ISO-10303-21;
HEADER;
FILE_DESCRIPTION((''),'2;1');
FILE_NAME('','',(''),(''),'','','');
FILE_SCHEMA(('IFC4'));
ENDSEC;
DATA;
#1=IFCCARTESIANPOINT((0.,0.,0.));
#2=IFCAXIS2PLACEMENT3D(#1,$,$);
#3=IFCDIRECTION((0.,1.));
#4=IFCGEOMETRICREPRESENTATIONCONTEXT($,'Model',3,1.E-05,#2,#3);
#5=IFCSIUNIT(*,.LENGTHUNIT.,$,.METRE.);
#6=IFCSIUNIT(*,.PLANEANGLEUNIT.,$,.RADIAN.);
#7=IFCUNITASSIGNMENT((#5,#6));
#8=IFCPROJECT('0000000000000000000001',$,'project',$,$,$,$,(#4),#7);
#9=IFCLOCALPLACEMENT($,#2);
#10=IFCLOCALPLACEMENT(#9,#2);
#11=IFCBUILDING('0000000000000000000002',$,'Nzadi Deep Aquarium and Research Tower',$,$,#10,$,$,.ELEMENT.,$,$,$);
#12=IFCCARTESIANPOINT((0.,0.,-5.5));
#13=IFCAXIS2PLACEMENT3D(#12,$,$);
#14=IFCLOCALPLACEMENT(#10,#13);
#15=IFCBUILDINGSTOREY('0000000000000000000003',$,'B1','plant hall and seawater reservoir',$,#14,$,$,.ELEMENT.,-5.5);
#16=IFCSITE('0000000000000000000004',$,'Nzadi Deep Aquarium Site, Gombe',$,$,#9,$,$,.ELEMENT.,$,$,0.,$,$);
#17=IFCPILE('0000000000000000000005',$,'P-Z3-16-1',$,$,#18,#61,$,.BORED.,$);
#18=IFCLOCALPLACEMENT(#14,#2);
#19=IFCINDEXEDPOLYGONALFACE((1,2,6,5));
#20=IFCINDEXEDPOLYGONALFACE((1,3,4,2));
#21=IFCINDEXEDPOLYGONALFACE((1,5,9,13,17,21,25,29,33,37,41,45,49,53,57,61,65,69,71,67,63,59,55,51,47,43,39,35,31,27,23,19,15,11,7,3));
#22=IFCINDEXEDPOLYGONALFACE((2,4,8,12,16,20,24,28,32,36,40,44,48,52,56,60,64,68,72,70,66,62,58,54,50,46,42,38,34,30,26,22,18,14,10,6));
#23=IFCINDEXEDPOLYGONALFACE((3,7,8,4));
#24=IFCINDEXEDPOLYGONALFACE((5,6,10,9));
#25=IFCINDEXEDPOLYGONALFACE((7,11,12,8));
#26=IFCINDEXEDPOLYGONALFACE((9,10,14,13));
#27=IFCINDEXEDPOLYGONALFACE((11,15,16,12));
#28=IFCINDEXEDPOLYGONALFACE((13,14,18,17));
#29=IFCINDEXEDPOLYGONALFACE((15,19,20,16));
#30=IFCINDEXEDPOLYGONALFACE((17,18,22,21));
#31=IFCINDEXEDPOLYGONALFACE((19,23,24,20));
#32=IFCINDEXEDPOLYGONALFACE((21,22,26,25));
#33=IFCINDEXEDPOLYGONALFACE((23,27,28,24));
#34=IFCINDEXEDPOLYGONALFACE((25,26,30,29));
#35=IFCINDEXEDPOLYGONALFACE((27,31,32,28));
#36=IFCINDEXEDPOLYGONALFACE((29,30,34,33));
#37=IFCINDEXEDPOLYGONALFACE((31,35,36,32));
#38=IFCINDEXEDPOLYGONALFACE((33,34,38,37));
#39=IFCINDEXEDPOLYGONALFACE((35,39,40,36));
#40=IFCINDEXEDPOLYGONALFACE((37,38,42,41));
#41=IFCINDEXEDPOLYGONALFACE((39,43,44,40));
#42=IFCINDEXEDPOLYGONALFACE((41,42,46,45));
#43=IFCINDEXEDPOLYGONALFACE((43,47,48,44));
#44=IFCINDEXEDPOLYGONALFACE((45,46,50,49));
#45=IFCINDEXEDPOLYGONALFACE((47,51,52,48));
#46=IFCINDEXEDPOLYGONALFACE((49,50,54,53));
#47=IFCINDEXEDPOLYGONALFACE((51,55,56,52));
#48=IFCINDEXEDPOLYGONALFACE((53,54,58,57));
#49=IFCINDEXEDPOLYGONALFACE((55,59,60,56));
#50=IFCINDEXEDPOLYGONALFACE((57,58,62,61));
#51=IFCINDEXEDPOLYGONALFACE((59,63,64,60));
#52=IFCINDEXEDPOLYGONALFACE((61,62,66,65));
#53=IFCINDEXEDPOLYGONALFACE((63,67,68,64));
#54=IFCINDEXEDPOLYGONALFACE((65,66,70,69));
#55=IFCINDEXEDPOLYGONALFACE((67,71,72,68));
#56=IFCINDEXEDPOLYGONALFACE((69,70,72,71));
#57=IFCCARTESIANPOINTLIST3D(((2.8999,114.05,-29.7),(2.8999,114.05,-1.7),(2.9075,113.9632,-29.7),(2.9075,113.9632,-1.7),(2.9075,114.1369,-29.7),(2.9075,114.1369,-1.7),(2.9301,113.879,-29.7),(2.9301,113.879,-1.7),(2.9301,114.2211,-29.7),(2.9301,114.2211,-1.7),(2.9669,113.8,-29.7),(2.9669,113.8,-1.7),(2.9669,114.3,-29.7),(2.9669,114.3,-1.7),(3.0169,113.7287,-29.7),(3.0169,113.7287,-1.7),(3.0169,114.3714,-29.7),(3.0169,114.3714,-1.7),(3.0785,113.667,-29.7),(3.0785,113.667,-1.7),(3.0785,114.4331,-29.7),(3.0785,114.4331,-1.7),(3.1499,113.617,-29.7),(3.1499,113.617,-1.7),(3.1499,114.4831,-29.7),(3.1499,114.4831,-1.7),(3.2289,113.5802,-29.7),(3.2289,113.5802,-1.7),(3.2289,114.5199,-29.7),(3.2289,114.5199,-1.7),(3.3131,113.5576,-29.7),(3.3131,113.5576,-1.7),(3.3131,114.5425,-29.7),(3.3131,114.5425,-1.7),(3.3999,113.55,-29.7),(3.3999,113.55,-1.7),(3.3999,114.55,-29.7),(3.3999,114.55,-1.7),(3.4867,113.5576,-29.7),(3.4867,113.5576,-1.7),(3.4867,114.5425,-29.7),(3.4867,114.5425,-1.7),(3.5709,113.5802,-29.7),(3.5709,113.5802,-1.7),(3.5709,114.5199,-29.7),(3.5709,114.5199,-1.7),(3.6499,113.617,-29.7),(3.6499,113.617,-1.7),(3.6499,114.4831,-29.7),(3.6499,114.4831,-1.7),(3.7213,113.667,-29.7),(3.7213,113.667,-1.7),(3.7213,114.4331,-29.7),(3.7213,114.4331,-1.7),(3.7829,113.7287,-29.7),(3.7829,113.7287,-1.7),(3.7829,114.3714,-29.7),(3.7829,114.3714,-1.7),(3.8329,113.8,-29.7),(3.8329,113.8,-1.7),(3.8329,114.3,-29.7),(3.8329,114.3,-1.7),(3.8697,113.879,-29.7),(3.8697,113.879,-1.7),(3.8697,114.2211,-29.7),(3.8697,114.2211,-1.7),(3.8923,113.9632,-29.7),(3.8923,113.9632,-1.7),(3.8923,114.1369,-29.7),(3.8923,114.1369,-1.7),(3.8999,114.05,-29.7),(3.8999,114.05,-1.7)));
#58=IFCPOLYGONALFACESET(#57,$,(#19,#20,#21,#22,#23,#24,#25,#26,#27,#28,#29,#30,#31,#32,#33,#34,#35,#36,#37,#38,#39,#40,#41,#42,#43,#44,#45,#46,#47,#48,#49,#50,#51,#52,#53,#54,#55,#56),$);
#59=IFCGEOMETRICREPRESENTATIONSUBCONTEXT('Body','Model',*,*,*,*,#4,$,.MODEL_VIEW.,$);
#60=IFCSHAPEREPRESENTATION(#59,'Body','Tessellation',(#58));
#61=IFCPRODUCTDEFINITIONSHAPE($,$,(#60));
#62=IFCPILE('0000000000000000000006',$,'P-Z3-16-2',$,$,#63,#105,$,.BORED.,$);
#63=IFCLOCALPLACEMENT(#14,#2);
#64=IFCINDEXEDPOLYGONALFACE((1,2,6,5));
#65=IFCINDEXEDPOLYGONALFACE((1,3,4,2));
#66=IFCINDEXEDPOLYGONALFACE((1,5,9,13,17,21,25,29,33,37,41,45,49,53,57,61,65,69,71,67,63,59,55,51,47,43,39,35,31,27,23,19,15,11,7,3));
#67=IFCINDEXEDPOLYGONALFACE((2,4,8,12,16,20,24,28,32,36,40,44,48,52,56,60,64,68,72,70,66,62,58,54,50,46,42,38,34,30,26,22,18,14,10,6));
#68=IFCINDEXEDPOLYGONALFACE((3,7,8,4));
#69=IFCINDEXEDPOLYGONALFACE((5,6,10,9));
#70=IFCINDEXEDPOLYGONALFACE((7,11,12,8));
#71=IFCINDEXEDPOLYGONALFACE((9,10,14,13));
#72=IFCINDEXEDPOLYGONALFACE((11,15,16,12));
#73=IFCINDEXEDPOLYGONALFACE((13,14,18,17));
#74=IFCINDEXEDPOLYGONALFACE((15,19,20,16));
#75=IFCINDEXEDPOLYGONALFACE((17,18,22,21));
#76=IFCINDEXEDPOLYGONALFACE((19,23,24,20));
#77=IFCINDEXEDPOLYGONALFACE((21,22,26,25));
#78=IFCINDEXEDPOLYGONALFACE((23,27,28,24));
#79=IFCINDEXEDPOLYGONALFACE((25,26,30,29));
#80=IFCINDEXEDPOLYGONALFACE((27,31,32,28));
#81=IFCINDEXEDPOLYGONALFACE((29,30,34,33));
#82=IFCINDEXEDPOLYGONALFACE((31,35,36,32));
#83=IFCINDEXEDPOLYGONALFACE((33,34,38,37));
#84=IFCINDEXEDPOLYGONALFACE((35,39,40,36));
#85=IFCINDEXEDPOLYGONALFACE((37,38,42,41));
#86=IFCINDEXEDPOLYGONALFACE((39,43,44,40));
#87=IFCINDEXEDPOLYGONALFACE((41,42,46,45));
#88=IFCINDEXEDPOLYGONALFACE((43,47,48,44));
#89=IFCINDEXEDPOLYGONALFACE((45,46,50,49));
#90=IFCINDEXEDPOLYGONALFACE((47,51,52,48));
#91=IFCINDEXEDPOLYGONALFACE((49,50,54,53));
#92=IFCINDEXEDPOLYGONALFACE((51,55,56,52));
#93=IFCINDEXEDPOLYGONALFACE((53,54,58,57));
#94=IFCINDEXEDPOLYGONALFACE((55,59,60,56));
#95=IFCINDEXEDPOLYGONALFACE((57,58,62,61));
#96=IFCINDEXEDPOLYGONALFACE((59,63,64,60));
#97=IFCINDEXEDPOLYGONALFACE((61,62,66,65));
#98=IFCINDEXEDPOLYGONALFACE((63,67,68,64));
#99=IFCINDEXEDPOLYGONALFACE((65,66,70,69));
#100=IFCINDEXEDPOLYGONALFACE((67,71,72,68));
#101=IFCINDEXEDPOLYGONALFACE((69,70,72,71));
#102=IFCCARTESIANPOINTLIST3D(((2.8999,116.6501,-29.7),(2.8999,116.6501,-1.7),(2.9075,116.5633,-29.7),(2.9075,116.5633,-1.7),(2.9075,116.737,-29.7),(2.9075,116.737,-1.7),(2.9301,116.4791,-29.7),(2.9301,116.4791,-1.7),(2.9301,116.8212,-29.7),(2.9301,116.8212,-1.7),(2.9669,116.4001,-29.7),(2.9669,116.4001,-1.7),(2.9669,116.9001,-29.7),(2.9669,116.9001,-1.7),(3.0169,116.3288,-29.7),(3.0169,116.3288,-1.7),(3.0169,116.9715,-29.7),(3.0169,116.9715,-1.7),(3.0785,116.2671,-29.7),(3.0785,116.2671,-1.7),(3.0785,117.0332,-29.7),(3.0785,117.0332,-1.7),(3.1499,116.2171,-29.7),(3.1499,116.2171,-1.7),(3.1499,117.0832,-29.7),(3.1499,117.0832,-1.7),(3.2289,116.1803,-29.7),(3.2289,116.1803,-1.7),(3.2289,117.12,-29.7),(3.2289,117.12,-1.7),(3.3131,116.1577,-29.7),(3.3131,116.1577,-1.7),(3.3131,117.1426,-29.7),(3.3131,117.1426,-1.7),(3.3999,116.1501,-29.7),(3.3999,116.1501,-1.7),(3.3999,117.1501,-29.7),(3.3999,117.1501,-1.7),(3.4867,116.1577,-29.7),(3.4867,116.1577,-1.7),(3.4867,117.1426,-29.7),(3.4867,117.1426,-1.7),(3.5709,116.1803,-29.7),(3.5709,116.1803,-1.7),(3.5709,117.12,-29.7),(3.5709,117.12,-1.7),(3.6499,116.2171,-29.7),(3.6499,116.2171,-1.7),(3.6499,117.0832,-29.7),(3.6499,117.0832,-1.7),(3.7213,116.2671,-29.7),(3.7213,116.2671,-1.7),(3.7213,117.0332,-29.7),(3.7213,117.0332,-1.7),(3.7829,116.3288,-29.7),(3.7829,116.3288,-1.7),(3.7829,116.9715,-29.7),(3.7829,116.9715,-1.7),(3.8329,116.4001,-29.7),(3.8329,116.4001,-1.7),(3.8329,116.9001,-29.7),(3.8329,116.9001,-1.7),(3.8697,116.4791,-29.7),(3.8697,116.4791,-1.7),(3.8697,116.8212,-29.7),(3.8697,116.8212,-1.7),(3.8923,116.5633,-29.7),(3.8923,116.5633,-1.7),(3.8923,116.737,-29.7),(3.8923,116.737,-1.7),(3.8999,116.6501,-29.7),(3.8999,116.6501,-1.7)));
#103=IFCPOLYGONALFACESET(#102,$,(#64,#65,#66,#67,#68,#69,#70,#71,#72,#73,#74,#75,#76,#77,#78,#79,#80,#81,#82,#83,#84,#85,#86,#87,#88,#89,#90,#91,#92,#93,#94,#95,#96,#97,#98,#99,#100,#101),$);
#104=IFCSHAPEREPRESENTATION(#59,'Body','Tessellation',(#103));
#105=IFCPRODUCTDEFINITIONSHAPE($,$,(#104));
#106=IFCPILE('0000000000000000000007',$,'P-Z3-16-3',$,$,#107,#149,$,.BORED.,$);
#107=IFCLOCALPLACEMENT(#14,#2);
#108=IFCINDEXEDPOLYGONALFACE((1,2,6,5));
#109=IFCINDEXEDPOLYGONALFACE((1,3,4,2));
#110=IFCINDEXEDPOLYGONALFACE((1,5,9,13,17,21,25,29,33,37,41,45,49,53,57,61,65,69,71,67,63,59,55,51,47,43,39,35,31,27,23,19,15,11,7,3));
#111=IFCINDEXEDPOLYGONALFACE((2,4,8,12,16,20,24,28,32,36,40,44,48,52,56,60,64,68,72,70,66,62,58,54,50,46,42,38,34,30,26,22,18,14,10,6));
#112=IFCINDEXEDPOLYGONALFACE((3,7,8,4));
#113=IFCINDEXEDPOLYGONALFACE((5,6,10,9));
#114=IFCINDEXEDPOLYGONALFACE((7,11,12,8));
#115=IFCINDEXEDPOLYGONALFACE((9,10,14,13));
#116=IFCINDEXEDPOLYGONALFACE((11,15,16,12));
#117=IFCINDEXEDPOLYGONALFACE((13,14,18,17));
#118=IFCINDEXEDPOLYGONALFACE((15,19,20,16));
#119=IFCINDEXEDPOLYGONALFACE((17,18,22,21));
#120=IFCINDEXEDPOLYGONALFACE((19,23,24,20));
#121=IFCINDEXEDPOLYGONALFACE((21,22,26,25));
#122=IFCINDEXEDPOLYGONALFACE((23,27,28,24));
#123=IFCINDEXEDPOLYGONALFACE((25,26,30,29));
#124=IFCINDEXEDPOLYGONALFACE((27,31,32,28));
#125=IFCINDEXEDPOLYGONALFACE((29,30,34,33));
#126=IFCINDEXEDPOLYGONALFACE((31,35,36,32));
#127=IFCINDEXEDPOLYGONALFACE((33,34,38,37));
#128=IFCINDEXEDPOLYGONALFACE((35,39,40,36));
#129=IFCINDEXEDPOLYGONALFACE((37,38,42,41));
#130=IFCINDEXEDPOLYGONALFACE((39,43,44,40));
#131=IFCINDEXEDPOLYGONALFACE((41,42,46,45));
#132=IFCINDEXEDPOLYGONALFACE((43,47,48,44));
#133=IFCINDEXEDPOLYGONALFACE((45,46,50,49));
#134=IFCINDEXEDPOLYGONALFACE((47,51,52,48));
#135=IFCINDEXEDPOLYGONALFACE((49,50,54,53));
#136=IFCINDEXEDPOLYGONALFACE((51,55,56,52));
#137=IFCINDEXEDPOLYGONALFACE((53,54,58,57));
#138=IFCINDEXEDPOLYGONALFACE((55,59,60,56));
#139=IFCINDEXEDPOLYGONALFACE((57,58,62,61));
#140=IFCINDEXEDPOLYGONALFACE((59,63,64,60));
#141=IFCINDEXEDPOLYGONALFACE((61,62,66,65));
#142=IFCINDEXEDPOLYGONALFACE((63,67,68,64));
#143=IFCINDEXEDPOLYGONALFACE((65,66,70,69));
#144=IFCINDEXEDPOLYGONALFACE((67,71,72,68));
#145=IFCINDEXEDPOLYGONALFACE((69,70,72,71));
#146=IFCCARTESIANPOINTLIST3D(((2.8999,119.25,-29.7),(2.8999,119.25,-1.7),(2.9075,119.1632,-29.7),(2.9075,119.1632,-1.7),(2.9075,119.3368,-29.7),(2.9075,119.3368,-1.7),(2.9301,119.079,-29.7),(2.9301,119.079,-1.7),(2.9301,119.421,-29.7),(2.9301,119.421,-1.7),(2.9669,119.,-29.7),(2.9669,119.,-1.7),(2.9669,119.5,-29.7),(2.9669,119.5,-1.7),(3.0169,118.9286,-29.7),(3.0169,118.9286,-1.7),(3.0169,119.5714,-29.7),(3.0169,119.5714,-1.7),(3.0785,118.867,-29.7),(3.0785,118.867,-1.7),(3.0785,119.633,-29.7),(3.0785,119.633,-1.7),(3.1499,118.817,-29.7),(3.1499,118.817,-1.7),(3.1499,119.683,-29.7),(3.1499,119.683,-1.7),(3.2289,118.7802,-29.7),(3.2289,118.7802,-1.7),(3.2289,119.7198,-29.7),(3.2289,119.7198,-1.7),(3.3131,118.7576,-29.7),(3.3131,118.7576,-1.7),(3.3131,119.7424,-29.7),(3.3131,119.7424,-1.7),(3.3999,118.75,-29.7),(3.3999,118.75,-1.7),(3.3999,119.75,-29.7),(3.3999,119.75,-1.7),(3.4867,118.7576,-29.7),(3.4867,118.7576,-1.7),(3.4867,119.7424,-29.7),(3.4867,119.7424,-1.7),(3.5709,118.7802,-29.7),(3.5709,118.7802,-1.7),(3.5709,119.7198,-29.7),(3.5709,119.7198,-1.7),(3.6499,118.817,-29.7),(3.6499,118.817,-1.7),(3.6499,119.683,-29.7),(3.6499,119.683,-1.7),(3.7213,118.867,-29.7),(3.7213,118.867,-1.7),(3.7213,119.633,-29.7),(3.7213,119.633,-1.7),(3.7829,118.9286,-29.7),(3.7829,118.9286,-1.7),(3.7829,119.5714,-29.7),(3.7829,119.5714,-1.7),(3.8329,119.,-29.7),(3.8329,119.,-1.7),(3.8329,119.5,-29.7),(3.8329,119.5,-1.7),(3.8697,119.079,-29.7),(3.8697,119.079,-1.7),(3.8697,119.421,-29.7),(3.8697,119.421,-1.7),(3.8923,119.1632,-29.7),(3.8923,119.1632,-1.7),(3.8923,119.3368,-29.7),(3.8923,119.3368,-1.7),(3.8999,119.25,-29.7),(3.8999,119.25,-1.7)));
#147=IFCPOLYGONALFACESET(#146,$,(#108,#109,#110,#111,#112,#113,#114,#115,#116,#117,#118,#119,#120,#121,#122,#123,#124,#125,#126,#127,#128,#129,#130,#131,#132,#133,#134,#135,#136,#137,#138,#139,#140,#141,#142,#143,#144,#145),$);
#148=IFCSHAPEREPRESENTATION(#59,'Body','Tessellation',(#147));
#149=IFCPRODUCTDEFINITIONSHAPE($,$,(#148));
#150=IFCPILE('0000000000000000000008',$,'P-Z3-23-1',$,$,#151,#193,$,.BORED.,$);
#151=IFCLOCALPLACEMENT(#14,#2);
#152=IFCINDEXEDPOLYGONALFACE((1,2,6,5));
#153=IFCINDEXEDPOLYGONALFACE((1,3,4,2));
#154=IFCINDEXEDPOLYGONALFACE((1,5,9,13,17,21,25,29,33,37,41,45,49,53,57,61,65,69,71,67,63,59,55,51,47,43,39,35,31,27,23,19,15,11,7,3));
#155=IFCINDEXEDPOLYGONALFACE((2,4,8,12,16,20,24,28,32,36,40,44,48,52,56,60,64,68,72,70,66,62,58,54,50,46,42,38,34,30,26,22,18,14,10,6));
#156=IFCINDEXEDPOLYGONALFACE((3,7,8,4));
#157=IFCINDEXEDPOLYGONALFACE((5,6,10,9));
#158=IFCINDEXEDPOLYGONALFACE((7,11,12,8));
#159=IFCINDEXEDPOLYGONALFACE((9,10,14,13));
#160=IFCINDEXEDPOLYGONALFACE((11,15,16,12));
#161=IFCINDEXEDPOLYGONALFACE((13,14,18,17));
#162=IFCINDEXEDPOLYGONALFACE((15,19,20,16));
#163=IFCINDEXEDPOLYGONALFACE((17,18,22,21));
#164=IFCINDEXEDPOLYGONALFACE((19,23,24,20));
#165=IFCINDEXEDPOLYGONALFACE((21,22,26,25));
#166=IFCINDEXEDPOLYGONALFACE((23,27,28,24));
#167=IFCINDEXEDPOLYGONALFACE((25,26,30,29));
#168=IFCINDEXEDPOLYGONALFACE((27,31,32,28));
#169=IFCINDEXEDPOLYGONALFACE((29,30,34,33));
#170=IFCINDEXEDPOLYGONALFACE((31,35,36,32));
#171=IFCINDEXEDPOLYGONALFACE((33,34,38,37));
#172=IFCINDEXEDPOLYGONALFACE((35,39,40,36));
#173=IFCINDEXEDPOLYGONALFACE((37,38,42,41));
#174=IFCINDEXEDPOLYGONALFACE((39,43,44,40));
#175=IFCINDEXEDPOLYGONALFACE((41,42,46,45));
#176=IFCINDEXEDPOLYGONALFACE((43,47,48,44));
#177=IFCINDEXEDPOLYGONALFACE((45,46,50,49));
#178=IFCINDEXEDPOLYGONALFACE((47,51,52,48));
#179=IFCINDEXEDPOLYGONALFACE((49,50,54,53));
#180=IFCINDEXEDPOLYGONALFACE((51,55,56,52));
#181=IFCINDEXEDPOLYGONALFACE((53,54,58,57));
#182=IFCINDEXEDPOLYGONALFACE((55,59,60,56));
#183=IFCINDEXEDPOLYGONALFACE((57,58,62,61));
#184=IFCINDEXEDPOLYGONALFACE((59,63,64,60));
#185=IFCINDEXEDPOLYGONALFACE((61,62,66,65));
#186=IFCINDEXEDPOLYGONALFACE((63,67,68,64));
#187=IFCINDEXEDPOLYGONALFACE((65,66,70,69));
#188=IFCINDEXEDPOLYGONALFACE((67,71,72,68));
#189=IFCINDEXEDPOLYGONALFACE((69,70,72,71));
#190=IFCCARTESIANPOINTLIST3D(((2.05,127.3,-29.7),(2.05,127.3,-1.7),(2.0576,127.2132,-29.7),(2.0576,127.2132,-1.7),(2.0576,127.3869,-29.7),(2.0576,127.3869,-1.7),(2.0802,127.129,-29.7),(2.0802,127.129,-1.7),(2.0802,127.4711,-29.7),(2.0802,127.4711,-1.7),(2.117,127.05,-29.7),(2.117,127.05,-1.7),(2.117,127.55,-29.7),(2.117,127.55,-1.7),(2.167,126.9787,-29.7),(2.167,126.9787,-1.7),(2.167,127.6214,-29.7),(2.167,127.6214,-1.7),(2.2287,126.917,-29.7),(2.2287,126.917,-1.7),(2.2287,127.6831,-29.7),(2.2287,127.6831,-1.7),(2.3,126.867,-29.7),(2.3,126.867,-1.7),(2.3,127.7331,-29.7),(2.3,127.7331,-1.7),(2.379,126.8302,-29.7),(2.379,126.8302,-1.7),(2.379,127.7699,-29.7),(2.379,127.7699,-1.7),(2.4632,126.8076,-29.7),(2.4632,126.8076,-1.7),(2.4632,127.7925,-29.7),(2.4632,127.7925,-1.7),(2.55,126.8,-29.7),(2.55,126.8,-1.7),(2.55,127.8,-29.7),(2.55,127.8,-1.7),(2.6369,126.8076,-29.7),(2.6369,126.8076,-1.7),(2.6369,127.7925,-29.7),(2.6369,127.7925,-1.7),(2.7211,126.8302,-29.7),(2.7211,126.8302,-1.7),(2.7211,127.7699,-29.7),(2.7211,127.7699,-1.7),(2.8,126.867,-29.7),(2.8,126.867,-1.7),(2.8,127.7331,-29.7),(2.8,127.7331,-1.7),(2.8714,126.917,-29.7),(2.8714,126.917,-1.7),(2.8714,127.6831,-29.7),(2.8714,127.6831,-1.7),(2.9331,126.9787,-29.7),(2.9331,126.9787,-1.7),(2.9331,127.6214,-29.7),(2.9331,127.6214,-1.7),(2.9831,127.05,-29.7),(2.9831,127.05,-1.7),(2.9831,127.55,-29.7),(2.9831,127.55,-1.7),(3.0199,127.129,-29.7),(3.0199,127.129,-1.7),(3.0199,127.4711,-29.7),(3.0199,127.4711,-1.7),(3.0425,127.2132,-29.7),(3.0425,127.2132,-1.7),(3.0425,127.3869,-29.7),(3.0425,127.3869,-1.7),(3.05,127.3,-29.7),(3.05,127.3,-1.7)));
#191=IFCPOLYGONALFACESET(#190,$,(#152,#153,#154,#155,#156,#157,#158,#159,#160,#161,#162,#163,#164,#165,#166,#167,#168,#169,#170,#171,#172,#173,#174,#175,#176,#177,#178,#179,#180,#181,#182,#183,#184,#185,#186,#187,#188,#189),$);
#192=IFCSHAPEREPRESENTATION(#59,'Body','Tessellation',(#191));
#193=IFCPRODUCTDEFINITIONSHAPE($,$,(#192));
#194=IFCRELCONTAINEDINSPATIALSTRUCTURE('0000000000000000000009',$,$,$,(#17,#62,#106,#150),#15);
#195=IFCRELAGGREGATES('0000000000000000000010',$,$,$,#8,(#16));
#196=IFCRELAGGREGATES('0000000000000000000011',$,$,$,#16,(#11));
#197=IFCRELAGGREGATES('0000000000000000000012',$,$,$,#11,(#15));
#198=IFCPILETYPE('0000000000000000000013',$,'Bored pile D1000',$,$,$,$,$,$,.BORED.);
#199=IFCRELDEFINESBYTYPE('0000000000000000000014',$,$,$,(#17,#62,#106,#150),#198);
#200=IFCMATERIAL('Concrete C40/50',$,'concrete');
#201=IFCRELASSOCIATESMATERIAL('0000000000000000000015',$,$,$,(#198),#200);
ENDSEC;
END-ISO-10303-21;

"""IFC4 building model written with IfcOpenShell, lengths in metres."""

from ifc_helpers import new_model, si_unit, direction, frame, origin, origin_2d, place, context, subcontext, project, spatial, circle, extrude, material, material_profile, profile_set, type_object, element, save


model = new_model("IFC4")

# Units and contexts
model_context = context("Model", 3, precision=1e-05, world=origin(), true_north=direction((0.0, 1.0)))
body_context = subcontext(model_context, "Body", "Model", "MODEL_VIEW")
ifc_project = project(units=[si_unit("LENGTHUNIT", "METRE"), si_unit("PLANEANGLEUNIT", "RADIAN")], contexts=[model_context])

# Site, building, storey
site_placement = place(None, origin())
site = spatial("IfcSite", under=ifc_project, at=site_placement, Name="Nzadi Deep Aquarium Site, Gombe", CompositionType="ELEMENT", RefElevation=0.0)
building_placement = place(site_placement, origin())
building = spatial("IfcBuilding", under=site, at=building_placement, Name="Nzadi Deep Aquarium and Research Tower", CompositionType="ELEMENT")
storey_placement = place(building_placement, frame((0.0, 0.0, -5.5)))
storey = spatial("IfcBuildingStorey", under=building, at=storey_placement, Name="B1", Description="plant hall and seawater reservoir", CompositionType="ELEMENT", Elevation=-5.5)

# Piles
ifc_material_1 = material(Name="Concrete C40/50", Category="concrete")
ifc_material_profile_1 = material_profile(ifc_material_1, circle(Radius=0.5, at=origin_2d()))
ifc_profile_set_1 = profile_set([ifc_material_profile_1], Name="Concrete C40/50")
pile_type_1 = type_object("IfcPileType", Name="Bored pile D1000", PredefinedType="BORED", material=ifc_profile_set_1)
for number, where, z_axis, x_axis, name in (
    (1, (3.3999, 114.05, -1.7), (0.0, 0.0, -1.0), (1.0, 0.0, 0.0), "P-Z3-16-1"),
    (2, (3.3999, 116.6501, -1.7), (0.0, 0.0, -1.0), (1.0, 0.0, 0.0), "P-Z3-16-2"),
    (3, (3.3999, 119.25, -1.7), (0.0, 0.0, -1.0), (1.0, 0.0, 0.0), "P-Z3-16-3"),
    (4, (2.55, 127.3, -1.7), (0.0, 0.0, -1.0), (1.0, 0.0, 0.0), "P-Z3-23-1"),
):
    element("IfcPile", number, at=place(storey_placement, frame(where, z_axis=z_axis, x_axis=x_axis)), inside=storey, type_object=pile_type_1, Name=name, PredefinedType="BORED", context=body_context, shape_type="SweptSolid", body=[
        extrude(circle(Radius=0.5, at=origin_2d()), origin(), (0.0, 0.0, 1.0), 28.0),
    ])

save(model, "model.ifc")
